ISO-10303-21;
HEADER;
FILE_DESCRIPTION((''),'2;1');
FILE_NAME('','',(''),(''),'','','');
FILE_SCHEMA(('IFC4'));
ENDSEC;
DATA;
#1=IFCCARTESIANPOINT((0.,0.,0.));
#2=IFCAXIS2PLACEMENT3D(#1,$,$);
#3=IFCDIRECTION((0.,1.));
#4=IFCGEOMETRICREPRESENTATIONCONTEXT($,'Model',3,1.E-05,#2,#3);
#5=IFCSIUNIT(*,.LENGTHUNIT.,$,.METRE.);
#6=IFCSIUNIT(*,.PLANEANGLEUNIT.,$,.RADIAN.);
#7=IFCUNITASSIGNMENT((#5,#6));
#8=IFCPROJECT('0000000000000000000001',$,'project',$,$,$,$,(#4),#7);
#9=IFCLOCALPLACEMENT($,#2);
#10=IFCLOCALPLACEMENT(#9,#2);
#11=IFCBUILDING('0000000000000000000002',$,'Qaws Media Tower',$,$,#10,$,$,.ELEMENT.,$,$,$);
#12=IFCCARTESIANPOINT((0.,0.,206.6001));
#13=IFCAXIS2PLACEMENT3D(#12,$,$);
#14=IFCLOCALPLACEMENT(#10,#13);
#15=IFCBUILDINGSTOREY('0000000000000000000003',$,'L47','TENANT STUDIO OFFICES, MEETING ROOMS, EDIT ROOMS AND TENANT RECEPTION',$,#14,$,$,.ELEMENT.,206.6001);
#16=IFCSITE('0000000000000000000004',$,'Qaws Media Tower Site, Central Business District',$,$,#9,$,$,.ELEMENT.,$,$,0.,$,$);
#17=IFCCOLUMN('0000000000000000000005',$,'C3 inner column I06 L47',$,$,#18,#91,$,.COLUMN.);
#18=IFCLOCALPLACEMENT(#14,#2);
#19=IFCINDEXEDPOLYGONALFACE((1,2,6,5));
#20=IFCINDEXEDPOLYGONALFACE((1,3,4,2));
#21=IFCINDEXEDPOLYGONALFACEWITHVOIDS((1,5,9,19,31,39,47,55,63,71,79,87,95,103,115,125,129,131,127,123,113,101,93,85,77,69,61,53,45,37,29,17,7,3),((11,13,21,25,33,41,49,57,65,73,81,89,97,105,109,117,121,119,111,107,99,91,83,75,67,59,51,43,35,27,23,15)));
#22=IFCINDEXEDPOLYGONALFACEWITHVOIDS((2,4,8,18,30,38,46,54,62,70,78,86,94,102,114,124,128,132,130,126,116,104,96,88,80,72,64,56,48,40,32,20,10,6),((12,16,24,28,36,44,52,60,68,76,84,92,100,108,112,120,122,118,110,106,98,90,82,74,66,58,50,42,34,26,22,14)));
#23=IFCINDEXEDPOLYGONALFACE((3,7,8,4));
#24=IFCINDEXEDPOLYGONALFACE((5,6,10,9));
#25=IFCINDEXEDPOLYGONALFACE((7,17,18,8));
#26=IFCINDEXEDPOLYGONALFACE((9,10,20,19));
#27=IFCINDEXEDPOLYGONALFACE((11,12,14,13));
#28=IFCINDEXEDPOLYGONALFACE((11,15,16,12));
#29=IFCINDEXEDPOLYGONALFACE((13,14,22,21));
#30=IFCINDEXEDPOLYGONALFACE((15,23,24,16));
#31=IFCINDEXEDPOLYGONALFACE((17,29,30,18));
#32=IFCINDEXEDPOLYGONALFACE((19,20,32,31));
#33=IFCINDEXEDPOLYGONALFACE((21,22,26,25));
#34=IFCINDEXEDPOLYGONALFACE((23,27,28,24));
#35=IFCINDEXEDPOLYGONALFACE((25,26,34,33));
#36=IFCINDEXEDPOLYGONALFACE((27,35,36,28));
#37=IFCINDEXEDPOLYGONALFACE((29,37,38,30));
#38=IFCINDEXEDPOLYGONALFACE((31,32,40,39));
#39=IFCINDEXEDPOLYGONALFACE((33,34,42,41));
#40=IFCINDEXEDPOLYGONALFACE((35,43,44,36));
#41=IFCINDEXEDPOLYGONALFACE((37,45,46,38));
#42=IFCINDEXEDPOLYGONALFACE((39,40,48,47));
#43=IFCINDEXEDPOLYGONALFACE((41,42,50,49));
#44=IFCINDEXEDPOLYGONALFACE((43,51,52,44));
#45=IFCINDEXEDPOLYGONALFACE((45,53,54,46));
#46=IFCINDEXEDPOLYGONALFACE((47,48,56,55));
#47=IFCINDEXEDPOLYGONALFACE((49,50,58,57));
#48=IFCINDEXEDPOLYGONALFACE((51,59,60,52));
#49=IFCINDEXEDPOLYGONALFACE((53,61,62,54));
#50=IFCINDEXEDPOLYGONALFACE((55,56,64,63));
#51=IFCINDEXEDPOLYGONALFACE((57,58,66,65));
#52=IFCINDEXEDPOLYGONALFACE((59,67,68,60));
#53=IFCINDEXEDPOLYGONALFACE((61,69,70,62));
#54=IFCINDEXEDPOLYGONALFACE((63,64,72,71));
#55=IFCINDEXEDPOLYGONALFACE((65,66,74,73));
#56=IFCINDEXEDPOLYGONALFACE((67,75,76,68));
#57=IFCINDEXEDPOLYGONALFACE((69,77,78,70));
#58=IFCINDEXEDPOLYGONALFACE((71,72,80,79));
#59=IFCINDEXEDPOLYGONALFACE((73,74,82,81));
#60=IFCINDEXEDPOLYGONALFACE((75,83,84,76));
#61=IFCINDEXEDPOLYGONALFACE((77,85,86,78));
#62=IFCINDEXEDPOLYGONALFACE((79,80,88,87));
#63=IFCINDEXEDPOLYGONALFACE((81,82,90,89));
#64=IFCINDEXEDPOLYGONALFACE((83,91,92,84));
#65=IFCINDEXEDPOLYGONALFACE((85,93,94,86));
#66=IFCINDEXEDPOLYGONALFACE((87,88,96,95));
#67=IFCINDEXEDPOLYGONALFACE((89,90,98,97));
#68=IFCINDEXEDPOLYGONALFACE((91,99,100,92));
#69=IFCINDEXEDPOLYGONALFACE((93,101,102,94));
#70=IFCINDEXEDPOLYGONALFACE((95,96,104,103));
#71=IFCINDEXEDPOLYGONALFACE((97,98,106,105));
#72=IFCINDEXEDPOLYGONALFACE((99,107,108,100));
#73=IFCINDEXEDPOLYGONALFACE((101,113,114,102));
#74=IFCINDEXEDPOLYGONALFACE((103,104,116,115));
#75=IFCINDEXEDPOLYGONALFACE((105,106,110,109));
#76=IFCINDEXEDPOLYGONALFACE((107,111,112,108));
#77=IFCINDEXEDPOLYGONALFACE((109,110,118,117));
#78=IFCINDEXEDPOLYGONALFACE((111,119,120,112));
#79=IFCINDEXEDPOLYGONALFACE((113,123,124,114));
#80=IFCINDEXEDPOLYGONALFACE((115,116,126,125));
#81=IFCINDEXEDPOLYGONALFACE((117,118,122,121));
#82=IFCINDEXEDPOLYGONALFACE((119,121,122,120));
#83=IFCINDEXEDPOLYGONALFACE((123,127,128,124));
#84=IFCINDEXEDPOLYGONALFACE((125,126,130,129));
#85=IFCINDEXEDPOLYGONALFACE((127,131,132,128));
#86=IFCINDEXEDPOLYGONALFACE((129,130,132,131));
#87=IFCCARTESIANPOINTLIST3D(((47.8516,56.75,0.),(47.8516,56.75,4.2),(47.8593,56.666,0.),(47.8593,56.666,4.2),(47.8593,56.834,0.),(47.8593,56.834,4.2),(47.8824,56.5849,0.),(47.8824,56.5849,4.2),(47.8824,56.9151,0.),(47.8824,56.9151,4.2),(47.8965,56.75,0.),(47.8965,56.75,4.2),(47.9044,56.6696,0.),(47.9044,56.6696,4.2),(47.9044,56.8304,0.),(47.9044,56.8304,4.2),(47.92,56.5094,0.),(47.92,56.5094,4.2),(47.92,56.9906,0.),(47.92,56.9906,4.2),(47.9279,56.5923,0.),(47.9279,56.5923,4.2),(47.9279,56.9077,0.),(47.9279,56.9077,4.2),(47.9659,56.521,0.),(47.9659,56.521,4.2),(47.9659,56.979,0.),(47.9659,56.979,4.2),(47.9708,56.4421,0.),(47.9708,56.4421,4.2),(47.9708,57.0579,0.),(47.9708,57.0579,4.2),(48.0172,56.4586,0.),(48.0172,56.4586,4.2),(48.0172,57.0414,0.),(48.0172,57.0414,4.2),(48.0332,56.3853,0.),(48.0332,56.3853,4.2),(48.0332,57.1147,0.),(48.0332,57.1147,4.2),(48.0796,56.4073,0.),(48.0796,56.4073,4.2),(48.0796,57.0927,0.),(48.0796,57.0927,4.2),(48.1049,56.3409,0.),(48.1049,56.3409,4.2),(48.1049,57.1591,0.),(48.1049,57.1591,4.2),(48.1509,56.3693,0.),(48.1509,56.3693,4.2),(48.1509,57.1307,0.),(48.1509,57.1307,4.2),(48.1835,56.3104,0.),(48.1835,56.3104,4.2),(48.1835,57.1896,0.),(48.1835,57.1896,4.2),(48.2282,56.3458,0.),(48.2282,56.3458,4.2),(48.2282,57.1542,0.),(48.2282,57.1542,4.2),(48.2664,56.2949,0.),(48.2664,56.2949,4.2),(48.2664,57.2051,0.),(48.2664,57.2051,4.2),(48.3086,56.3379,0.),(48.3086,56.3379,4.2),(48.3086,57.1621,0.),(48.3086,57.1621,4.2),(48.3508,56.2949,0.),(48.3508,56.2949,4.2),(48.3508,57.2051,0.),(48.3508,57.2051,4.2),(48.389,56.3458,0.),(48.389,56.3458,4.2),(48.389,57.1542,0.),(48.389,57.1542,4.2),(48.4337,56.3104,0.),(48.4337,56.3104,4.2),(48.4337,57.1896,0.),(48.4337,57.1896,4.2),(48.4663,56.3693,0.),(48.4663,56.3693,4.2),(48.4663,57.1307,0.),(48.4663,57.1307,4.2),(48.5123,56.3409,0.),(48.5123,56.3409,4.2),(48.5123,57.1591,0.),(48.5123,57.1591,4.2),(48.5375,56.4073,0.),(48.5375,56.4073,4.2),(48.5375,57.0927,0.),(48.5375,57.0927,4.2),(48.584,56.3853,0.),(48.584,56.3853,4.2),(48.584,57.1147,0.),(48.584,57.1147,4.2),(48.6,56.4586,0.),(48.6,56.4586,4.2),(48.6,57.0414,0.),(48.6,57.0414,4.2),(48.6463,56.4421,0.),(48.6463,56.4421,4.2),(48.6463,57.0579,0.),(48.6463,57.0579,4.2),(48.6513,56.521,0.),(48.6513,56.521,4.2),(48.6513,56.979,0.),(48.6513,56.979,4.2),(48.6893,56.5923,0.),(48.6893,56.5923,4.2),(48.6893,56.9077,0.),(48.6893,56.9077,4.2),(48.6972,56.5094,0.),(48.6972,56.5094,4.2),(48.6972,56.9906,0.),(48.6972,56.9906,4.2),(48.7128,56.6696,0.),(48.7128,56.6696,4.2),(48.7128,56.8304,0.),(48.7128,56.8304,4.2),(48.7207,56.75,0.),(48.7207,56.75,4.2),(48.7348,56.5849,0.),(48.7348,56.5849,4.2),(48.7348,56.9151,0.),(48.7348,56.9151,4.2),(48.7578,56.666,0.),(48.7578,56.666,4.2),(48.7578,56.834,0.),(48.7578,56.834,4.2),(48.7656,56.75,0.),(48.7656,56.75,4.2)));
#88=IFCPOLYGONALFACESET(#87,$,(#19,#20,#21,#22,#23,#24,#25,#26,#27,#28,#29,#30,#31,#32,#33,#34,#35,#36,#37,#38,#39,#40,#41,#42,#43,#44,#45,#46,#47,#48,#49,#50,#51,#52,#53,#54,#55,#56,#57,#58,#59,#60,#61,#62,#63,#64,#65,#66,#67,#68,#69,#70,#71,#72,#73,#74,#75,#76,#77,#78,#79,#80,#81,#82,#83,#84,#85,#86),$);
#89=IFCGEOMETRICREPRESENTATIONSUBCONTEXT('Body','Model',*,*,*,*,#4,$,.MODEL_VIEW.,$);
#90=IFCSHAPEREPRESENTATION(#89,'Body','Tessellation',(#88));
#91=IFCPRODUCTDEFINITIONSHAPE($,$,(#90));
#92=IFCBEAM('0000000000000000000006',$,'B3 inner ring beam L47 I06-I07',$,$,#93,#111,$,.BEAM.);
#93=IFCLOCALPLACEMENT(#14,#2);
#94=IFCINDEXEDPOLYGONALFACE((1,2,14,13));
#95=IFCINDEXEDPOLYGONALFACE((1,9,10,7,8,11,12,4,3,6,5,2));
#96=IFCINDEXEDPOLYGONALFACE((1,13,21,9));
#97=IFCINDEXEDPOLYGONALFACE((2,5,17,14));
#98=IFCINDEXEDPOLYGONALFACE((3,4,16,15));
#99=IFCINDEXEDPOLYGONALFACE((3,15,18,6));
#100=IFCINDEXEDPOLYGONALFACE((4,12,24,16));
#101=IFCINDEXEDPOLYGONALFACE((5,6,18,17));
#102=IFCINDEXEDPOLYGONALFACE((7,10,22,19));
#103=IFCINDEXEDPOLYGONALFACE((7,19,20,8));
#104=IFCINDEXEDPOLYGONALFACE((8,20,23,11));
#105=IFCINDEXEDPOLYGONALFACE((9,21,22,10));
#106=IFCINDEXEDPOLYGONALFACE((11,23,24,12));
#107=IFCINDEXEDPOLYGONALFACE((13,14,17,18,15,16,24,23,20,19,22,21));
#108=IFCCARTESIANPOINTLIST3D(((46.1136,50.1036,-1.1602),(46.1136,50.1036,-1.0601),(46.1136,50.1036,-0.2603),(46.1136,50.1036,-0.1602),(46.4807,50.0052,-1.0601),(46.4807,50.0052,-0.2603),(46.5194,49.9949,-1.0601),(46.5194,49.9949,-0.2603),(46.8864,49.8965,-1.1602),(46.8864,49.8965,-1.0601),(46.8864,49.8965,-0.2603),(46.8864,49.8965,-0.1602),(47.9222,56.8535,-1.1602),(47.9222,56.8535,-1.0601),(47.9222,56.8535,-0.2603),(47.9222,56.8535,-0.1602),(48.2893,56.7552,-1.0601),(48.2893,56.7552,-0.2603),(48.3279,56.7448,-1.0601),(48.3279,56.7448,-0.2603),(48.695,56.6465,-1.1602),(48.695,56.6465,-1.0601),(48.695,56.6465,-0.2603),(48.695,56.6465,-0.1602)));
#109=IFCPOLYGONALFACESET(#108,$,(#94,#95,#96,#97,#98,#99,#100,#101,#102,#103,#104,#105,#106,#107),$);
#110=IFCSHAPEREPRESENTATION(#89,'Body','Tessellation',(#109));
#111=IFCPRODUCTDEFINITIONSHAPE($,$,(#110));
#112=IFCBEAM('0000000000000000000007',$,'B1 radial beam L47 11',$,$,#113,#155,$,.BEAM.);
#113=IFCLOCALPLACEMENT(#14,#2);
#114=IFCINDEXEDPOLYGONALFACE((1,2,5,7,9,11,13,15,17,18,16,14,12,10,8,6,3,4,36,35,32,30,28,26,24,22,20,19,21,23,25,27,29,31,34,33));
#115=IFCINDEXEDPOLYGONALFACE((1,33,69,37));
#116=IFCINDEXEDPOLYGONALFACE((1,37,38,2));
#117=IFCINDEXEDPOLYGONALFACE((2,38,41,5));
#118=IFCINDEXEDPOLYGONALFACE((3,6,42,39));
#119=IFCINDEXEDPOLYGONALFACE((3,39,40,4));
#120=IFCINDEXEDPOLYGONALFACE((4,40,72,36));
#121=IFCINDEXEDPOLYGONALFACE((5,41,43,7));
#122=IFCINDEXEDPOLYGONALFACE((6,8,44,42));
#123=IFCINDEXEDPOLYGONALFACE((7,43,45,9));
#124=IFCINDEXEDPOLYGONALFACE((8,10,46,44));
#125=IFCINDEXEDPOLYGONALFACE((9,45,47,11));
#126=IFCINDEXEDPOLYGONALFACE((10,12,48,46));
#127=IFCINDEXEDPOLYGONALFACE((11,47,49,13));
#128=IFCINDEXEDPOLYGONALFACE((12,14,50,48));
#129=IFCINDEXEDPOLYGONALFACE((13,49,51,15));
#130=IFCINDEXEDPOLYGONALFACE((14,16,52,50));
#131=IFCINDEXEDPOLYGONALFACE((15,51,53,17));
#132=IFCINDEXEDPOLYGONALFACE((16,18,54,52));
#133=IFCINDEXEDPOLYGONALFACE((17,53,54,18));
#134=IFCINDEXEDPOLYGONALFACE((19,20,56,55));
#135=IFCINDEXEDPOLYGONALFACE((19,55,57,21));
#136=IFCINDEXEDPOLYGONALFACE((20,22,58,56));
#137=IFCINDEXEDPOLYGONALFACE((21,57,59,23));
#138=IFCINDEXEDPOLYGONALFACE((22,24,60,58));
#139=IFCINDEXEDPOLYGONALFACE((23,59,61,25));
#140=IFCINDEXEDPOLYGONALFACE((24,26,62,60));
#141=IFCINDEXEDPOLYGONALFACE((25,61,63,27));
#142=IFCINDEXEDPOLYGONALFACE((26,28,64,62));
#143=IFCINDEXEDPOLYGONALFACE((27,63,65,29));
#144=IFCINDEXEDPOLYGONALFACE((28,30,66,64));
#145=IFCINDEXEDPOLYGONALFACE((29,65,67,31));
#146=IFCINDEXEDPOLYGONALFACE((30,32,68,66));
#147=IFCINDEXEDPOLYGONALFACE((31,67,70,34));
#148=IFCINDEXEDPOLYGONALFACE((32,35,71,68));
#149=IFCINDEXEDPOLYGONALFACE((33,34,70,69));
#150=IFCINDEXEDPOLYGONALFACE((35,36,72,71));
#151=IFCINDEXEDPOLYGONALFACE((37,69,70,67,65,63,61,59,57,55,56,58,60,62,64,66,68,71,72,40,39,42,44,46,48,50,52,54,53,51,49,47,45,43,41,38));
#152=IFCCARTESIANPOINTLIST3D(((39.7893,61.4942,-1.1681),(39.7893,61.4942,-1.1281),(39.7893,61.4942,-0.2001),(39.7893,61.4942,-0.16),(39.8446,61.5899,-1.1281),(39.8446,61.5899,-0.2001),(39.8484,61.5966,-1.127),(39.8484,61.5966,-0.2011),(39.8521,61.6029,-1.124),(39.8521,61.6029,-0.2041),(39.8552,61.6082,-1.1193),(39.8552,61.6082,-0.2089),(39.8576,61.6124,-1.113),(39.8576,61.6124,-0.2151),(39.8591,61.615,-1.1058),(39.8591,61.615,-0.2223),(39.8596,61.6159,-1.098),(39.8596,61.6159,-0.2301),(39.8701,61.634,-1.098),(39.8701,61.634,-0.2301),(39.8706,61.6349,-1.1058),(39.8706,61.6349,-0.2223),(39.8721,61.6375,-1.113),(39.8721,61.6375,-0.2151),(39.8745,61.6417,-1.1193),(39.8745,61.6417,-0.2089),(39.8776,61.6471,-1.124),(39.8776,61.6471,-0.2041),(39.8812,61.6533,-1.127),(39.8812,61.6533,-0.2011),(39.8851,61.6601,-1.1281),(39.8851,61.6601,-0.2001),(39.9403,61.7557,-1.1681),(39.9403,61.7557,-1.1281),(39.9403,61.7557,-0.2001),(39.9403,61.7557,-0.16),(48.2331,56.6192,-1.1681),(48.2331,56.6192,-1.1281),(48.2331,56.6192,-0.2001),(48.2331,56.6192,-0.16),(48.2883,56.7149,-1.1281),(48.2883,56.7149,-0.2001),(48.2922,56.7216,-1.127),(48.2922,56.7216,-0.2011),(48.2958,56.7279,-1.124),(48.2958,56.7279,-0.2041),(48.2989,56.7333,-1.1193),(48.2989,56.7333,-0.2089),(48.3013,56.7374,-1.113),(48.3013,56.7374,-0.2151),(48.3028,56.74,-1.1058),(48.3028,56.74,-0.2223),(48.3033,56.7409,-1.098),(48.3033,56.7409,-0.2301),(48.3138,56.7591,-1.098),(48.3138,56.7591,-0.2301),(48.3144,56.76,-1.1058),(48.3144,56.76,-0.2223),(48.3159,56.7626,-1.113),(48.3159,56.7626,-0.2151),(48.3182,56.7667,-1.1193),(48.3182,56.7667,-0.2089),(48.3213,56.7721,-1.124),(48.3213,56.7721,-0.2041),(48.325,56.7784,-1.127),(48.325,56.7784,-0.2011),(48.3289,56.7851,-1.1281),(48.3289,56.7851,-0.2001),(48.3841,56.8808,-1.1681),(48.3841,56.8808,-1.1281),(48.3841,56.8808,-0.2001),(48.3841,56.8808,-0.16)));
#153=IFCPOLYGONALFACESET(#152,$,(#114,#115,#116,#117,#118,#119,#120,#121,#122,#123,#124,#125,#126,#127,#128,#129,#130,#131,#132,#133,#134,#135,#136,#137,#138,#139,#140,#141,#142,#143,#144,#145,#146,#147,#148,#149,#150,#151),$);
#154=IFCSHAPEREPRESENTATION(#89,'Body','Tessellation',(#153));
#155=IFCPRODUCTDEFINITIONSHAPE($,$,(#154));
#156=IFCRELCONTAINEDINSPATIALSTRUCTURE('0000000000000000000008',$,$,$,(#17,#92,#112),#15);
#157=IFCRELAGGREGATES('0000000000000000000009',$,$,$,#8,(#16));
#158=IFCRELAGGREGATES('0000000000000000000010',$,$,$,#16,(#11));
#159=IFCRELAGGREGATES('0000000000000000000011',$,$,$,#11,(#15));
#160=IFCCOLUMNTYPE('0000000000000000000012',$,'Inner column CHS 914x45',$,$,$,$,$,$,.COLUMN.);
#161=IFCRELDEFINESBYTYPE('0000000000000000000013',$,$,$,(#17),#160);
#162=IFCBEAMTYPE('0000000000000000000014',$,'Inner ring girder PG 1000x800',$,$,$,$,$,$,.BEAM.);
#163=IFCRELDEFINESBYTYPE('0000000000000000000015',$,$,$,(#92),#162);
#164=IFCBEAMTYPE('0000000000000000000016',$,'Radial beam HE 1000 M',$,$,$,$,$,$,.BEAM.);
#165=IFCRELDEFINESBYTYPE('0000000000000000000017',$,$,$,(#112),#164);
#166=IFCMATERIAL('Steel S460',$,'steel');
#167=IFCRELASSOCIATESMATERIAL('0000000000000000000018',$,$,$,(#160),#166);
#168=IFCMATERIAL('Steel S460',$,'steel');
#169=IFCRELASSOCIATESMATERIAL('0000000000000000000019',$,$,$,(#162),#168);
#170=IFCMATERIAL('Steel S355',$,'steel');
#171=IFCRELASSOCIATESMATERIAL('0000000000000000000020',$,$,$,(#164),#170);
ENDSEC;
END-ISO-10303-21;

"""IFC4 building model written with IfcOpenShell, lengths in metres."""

from ifc_helpers import new_model, si_unit, direction, frame, origin, origin_2d, place, context, subcontext, project, spatial, hollow_circle, i_section, extrude, material, material_profile, profile_set, type_object, element, save


model = new_model("IFC4")

# Units and contexts
model_context = context("Model", 3, precision=1e-05, world=origin(), true_north=direction((0.0, 1.0)))
body_context = subcontext(model_context, "Body", "Model", "MODEL_VIEW")
ifc_project = project(units=[si_unit("LENGTHUNIT", "METRE"), si_unit("PLANEANGLEUNIT", "RADIAN")], contexts=[model_context])

# Site, building, storey
site_placement = place(None, origin())
site = spatial("IfcSite", under=ifc_project, at=site_placement, Name="Qaws Media Tower Site, Central Business District", CompositionType="ELEMENT", RefElevation=0.0)
building_placement = place(site_placement, origin())
building = spatial("IfcBuilding", under=site, at=building_placement, Name="Qaws Media Tower", CompositionType="ELEMENT")
storey_placement = place(building_placement, frame((0.0, 0.0, 206.6001)))
storey = spatial("IfcBuildingStorey", under=building, at=storey_placement, Name="L47", Description="TENANT STUDIO OFFICES, MEETING ROOMS, EDIT ROOMS AND TENANT RECEPTION", CompositionType="ELEMENT", Elevation=206.6001)

# Column
ifc_material_1 = material(Name="Steel S460", Category="steel")
ifc_material_profile_1 = material_profile(ifc_material_1, hollow_circle(Radius=0.457, WallThickness=0.0449, at=origin_2d()), Name="CHS 914x45")
ifc_profile_set_1 = profile_set([ifc_material_profile_1], Name="Steel S460")
column_type = type_object("IfcColumnType", Name="Inner column CHS 914x45", PredefinedType="COLUMN", material=ifc_profile_set_1)
column_placement = place(storey_placement, frame((48.3086, 56.75, 0.0), z_axis=(0.0, 0.0, 1.0), x_axis=(1.0, 0.0, 0.0)))
element("IfcColumn", 1, at=column_placement, inside=storey, type_object=column_type, Name="C3 inner column I06 L47", PredefinedType="COLUMN", context=body_context, shape_type="SweptSolid", body=[
    extrude(hollow_circle(Radius=0.457, WallThickness=0.0449, at=origin_2d()), origin(), (0.0, 0.0, 1.0), 4.2),
])

# Beams
ifc_material_2 = material(Name="Steel S460", Category="steel")
ifc_material_profile_2 = material_profile(ifc_material_2, i_section(OverallWidth=0.8, OverallDepth=1.0, WebThickness=0.04, FlangeThickness=0.1001, at=origin_2d()), Name="PG 1000x800")
ifc_profile_set_2 = profile_set([ifc_material_profile_2], Name="Steel S460")
beam_type_1 = type_object("IfcBeamType", Name="Inner ring girder PG 1000x800", PredefinedType="BEAM", material=ifc_profile_set_2)
beam_1_placement = place(storey_placement, frame((48.3086, 56.75, -0.6602), z_axis=(-0.258811, -0.965928, 0.0), x_axis=(0.965928, -0.258811, 0.0)))
element("IfcBeam", 2, at=beam_1_placement, inside=storey, type_object=beam_type_1, Name="B3 inner ring beam L47 I06-I07", PredefinedType="BEAM", context=body_context, shape_type="SweptSolid", body=[
    extrude(i_section(OverallWidth=0.8, OverallDepth=1.0, WebThickness=0.04, FlangeThickness=0.1001, at=origin_2d()), origin(), (0.0, 0.0, 1.0), 6.988),
])
ifc_material_3 = material(Name="Steel S355", Category="steel")
ifc_material_profile_3 = material_profile(ifc_material_3, i_section(OverallWidth=0.302, OverallDepth=1.0081, WebThickness=0.021, FlangeThickness=0.04, FilletRadius=0.03, at=origin_2d()), Name="HE 1000 M")
ifc_profile_set_3 = profile_set([ifc_material_profile_3], Name="Steel S355")
beam_type_2 = type_object("IfcBeamType", Name="Radial beam HE 1000 M", PredefinedType="BEAM", material=ifc_profile_set_3)
beam_2_placement = place(storey_placement, frame((48.3086, 56.75, -0.6641), z_axis=(-0.866028, 0.499996, 0.0), x_axis=(-0.499996, -0.866028, 0.0)))
element("IfcBeam", 3, at=beam_2_placement, inside=storey, type_object=beam_type_2, Name="B1 radial beam L47 11", PredefinedType="BEAM", context=body_context, shape_type="SweptSolid", body=[
    extrude(i_section(OverallWidth=0.302, OverallDepth=1.0081, WebThickness=0.021, FlangeThickness=0.04, FilletRadius=0.03, at=origin_2d()), origin(), (0.0, 0.0, 1.0), 9.75),
])

save(model, "model.ifc")
